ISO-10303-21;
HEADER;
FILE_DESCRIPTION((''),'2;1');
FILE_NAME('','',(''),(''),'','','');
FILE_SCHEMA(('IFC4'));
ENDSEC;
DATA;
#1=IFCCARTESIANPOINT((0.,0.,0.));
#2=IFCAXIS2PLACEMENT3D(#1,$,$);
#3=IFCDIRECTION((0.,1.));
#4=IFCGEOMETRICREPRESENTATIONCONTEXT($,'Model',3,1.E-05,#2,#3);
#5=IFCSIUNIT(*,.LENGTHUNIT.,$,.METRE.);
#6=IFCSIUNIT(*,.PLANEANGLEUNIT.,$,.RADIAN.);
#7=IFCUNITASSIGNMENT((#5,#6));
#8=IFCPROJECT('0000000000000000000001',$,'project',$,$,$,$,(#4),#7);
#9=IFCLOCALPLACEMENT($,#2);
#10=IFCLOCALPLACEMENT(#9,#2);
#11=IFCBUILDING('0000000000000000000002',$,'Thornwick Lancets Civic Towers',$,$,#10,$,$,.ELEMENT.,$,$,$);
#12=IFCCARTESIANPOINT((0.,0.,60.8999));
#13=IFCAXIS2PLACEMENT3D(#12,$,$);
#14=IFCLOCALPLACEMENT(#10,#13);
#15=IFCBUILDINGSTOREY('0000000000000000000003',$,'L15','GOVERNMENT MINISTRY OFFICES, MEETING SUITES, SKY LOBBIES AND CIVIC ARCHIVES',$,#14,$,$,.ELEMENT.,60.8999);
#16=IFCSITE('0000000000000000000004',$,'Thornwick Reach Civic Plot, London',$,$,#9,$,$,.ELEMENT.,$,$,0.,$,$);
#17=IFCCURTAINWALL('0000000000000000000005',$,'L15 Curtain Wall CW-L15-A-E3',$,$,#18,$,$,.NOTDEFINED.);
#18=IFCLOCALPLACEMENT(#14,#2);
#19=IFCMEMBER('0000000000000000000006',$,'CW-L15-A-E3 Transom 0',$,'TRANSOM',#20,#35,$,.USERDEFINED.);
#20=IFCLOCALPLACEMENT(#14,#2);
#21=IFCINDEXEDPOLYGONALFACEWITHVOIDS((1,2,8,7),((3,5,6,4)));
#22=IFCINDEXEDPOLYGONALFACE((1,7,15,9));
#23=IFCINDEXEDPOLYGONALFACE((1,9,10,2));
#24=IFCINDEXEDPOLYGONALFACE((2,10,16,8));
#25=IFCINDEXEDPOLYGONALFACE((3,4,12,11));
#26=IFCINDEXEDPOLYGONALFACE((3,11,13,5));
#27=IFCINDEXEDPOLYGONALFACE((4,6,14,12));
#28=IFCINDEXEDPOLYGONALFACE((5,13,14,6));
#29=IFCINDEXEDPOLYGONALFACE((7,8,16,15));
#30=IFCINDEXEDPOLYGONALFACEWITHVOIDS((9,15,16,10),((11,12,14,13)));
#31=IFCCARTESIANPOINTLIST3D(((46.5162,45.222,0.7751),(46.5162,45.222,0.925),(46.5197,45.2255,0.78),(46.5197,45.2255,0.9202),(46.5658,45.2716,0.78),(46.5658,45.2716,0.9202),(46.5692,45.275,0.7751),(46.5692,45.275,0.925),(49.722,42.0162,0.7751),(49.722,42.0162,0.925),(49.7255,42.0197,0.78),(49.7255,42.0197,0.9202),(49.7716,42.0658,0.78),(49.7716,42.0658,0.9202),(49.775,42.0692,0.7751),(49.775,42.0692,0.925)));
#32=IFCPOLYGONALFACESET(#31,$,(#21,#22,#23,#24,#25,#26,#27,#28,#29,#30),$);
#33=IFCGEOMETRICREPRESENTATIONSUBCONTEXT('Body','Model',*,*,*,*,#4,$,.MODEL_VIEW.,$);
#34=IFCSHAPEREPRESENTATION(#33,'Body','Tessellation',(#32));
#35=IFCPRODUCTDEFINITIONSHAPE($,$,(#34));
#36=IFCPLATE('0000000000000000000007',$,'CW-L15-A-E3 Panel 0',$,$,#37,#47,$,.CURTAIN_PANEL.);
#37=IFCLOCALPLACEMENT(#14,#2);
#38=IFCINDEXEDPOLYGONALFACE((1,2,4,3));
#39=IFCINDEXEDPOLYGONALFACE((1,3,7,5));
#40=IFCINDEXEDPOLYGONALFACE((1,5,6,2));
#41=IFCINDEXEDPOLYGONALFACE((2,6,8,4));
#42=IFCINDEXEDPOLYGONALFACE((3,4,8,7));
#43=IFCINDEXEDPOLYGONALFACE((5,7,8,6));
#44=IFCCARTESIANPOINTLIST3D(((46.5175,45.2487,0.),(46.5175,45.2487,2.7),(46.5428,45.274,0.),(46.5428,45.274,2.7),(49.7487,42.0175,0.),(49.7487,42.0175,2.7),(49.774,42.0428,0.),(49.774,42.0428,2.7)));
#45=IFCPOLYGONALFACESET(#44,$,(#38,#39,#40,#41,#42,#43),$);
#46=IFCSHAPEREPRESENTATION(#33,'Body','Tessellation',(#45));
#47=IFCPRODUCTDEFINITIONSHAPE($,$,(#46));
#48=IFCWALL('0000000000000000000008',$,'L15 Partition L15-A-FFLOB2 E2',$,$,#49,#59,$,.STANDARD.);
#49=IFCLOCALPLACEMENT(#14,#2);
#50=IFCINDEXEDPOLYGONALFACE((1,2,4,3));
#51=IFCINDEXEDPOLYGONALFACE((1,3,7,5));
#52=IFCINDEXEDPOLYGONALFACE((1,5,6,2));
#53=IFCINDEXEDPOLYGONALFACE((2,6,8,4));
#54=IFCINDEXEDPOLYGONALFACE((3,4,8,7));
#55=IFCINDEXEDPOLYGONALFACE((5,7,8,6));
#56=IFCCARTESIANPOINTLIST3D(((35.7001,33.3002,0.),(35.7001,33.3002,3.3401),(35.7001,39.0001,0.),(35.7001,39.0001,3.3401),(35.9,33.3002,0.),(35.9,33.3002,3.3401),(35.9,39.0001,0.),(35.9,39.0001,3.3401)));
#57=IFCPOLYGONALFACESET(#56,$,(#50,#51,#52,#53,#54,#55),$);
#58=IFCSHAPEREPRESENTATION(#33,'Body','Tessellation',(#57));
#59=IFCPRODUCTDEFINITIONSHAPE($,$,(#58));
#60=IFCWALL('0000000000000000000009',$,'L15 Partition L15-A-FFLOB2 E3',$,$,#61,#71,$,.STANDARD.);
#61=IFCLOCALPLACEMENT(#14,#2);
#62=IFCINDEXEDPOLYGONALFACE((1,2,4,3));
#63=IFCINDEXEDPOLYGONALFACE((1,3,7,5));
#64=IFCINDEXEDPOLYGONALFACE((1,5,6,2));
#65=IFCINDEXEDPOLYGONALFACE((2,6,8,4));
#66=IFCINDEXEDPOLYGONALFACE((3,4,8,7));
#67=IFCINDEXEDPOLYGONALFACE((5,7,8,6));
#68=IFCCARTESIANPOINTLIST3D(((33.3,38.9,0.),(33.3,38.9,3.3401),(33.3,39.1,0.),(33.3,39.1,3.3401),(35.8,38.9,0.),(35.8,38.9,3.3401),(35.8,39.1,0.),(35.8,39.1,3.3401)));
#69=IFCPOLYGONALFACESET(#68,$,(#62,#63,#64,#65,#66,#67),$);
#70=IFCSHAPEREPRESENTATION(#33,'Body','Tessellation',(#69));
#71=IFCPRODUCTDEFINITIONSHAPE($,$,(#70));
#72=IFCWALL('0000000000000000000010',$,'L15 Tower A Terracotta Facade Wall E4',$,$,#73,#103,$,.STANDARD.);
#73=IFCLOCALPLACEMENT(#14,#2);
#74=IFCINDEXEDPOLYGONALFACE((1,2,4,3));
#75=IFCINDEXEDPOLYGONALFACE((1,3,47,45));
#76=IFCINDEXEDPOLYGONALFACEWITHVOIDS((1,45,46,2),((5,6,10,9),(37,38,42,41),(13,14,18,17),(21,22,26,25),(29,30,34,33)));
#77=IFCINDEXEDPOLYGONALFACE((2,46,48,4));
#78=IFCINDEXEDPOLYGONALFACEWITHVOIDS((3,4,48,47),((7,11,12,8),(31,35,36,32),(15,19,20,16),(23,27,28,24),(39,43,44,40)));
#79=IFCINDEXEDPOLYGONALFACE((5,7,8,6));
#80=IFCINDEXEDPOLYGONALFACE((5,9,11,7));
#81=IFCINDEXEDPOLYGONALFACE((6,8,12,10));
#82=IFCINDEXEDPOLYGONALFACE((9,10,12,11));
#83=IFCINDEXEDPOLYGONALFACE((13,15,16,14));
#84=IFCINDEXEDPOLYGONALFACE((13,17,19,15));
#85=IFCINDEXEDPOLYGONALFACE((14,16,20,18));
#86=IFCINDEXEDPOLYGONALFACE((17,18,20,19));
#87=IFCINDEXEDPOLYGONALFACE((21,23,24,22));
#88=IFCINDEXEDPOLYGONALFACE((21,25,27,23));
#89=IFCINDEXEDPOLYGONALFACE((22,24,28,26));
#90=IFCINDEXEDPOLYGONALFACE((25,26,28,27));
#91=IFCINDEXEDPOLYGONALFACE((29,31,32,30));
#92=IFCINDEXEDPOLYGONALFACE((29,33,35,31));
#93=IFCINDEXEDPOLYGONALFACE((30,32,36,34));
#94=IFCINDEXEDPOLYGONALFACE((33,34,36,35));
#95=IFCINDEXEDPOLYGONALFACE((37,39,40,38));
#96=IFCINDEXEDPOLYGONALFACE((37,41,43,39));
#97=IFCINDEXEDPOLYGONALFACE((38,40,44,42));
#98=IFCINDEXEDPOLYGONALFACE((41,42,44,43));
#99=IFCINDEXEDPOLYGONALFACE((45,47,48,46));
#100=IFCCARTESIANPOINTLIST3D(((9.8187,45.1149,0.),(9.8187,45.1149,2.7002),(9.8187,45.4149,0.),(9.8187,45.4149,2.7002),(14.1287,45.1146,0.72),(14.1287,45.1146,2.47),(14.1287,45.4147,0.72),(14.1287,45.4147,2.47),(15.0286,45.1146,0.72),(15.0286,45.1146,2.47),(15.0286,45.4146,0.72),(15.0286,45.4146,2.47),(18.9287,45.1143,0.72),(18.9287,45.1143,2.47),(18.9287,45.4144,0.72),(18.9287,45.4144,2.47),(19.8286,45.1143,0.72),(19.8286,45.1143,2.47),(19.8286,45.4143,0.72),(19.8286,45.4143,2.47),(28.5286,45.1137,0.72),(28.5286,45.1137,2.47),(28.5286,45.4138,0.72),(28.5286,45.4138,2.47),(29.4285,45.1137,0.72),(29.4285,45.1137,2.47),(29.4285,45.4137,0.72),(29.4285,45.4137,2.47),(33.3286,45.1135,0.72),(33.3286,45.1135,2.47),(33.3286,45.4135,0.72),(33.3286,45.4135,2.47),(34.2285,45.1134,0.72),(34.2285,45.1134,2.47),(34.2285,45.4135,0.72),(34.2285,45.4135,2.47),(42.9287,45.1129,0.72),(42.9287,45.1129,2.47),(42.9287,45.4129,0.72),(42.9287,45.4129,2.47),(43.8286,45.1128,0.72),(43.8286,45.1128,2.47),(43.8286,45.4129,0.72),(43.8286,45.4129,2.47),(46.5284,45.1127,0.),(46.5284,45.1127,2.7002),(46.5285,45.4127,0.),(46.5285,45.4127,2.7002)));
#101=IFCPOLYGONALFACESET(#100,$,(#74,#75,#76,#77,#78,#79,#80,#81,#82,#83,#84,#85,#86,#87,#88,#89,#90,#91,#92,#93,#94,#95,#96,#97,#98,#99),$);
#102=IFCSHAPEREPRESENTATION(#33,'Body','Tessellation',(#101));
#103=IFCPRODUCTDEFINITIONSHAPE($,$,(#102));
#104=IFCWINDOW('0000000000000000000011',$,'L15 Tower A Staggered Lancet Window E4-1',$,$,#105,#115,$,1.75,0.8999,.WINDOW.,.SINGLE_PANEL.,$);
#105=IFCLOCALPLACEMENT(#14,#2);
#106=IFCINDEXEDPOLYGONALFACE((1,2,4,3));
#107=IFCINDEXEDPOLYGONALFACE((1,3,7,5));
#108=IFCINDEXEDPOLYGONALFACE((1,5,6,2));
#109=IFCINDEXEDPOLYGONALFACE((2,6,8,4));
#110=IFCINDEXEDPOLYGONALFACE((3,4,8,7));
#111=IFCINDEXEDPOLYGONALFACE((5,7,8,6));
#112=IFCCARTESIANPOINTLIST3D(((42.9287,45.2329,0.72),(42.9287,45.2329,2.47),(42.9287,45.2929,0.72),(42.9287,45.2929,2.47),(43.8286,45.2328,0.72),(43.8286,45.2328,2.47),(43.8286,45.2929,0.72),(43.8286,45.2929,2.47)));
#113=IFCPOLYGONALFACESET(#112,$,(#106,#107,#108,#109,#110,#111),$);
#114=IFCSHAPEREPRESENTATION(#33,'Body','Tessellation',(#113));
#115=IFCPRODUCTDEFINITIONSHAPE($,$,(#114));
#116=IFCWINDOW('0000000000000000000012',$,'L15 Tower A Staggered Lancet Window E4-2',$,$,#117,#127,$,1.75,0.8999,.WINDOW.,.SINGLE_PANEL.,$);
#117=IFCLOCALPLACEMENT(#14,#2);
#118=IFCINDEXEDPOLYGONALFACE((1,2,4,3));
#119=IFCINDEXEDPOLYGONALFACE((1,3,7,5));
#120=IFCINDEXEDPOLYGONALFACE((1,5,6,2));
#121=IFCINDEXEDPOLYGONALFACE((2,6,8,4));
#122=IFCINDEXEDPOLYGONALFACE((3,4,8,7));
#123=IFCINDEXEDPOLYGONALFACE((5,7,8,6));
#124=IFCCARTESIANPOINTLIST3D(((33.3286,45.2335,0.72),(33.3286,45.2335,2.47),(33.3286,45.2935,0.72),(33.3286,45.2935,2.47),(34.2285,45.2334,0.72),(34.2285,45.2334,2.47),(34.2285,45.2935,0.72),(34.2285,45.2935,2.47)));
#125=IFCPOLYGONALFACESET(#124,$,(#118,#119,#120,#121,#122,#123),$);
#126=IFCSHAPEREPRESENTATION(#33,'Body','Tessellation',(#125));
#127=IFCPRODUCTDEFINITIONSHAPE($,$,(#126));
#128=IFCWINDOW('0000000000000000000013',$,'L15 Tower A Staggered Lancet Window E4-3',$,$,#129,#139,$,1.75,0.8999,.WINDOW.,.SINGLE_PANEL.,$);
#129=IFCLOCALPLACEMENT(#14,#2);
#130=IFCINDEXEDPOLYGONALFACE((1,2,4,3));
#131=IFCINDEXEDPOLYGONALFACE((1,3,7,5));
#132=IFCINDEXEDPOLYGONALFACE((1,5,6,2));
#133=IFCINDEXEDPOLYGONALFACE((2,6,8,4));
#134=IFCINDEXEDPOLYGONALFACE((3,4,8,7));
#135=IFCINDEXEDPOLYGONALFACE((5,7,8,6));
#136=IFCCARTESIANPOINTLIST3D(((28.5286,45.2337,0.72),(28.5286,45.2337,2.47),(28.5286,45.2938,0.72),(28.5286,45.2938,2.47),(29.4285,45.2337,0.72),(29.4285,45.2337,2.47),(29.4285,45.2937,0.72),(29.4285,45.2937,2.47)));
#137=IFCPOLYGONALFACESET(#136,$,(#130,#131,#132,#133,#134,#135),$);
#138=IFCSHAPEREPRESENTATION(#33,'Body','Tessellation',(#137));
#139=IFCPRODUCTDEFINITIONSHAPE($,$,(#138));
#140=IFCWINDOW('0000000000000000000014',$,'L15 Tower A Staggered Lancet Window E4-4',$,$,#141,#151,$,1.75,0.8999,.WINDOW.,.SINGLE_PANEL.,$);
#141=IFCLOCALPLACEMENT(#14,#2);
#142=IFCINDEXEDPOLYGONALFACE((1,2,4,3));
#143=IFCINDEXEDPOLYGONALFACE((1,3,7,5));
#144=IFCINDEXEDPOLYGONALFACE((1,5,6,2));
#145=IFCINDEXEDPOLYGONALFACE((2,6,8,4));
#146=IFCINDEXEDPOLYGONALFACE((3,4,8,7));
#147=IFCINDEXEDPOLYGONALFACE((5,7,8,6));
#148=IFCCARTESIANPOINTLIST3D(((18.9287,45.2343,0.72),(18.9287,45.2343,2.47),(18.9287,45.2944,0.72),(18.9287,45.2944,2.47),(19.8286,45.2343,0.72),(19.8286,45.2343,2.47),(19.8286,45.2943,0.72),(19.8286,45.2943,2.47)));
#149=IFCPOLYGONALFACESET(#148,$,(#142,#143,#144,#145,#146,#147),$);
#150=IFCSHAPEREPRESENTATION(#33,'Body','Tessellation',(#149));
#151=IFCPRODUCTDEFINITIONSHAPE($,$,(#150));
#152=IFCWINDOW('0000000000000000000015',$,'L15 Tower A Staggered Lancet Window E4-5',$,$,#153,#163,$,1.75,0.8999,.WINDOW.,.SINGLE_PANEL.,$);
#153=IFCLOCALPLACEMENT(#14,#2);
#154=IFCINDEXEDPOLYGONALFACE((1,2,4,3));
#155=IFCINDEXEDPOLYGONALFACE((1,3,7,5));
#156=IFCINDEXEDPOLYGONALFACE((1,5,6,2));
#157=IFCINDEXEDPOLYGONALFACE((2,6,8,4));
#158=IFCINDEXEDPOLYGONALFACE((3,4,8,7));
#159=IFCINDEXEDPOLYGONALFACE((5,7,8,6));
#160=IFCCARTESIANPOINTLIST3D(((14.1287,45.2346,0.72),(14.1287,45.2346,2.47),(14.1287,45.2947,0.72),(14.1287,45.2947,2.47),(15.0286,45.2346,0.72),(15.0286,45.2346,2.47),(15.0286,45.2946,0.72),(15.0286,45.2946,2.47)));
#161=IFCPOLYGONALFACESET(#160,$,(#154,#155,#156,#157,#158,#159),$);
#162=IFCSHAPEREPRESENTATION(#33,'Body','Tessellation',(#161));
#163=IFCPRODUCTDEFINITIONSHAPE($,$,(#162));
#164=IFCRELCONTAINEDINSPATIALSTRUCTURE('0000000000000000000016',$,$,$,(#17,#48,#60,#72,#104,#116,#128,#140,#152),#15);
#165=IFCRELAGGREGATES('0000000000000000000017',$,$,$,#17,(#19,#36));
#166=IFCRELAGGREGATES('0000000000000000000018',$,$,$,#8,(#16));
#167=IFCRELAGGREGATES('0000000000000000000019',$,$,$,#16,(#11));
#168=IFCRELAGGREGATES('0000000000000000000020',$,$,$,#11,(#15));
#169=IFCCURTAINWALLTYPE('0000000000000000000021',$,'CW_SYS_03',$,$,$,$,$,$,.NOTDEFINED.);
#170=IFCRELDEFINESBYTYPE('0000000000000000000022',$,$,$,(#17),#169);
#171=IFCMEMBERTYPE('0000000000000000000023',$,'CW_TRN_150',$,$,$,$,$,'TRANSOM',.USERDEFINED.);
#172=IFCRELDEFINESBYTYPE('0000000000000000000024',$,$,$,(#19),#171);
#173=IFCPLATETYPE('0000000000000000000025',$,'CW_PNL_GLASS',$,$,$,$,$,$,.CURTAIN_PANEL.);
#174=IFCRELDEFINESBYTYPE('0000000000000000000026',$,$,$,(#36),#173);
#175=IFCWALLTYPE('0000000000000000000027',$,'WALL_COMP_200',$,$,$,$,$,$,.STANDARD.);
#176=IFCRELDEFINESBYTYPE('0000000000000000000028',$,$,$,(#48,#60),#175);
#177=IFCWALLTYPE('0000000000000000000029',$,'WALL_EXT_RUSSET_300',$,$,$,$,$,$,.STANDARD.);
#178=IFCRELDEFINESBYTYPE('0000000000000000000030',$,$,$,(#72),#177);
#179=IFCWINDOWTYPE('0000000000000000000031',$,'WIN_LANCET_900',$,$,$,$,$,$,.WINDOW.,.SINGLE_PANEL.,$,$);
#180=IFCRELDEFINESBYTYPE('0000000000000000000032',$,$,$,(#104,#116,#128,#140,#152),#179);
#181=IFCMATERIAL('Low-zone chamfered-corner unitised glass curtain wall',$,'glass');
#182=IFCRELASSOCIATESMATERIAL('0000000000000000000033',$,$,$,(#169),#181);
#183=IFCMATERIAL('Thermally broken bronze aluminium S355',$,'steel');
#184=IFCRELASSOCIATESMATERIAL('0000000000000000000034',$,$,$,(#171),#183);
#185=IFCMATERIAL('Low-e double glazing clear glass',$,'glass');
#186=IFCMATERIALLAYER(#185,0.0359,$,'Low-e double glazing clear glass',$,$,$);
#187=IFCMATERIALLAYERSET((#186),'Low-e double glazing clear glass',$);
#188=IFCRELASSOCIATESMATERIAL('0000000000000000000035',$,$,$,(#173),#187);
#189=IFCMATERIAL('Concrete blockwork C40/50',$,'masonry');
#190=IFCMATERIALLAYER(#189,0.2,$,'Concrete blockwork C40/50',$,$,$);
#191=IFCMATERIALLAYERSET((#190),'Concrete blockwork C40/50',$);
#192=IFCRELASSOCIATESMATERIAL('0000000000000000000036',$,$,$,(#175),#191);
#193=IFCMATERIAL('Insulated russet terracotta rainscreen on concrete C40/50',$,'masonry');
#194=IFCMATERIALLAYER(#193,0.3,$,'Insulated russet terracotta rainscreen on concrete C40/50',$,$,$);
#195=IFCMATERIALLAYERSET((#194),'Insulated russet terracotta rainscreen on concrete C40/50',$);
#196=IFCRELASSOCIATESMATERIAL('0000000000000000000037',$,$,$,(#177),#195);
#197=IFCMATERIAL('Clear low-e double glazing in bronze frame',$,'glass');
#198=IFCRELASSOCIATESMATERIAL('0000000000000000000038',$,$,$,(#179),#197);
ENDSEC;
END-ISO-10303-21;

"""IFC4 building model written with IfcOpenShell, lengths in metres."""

from ifc_helpers import new_model, si_unit, direction, frame, frame_2d, origin, origin_2d, place, context, subcontext, project, spatial, rectangle, hollow_rectangle, extrude, material, layer, layer_set, material_profile, profile_set, type_object, element, fill, aggregate, save


model = new_model("IFC4")

# Units and contexts
model_context = context("Model", 3, precision=1e-05, world=origin(), true_north=direction((0.0, 1.0)))
body_context = subcontext(model_context, "Body", "Model", "MODEL_VIEW")
ifc_project = project(units=[si_unit("LENGTHUNIT", "METRE"), si_unit("PLANEANGLEUNIT", "RADIAN")], contexts=[model_context])

# Site, building, storey
site_placement = place(None, origin())
site = spatial("IfcSite", under=ifc_project, at=site_placement, Name="Thornwick Reach Civic Plot, London", CompositionType="ELEMENT", RefElevation=0.0)
building_placement = place(site_placement, origin())
building = spatial("IfcBuilding", under=site, at=building_placement, Name="Thornwick Lancets Civic Towers", CompositionType="ELEMENT")
storey_placement = place(building_placement, frame((0.0, 0.0, 60.8999)))
storey = spatial("IfcBuildingStorey", under=building, at=storey_placement, Name="L15", Description="GOVERNMENT MINISTRY OFFICES, MEETING SUITES, SKY LOBBIES AND CIVIC ARCHIVES", CompositionType="ELEMENT", Elevation=60.8999)

# Curtain wall, member, plate
ifc_material_1 = material(Name="Low-zone chamfered-corner unitised glass curtain wall", Category="glass")
curtain_wall_type = type_object("IfcCurtainWallType", Name="CW_SYS_03", PredefinedType="NOTDEFINED", material=ifc_material_1)
curtain_wall_placement = place(storey_placement, origin())
curtain_wall = element("IfcCurtainWall", 1, at=curtain_wall_placement, inside=storey, type_object=curtain_wall_type, Name="L15 Curtain Wall CW-L15-A-E3", PredefinedType="NOTDEFINED")
ifc_material_2 = material(Name="Thermally broken bronze aluminium S355", Category="steel")
ifc_material_profile_1 = material_profile(ifc_material_2, hollow_rectangle(XDim=0.075, YDim=0.1499, WallThickness=0.0049, at=origin_2d()), Name="RHS 150x75x5")
ifc_profile_set_1 = profile_set([ifc_material_profile_1], Name="Thermally broken bronze aluminium S355")
member_type_1 = type_object("IfcMemberType", Name="CW_TRN_150", ElementType="TRANSOM", PredefinedType="USERDEFINED", material=ifc_profile_set_1)
member_1_placement = place(storey_placement, frame((49.7485, 42.0427, 0.8501), z_axis=(-0.707107, 0.707107, 0.0), x_axis=(-0.707107, -0.707107, 0.0)))
member_1 = element("IfcMember", 2, at=member_1_placement, type_object=member_type_1, Name="CW-L15-A-E3 Transom 0", ObjectType="TRANSOM", PredefinedType="USERDEFINED", context=body_context, shape_type="SweptSolid", body=[
    extrude(hollow_rectangle(XDim=0.075, YDim=0.1499, WallThickness=0.0049, at=origin_2d()), origin(), (0.0, 0.0, 1.0), 4.5337),
])
ifc_material_3 = material(Name="Low-e double glazing clear glass", Category="glass")
ifc_layer_1 = layer(ifc_material_3, 0.0359, Name="Low-e double glazing clear glass")
ifc_layer_set_1 = layer_set([ifc_layer_1], Name="Low-e double glazing clear glass")
plate_type = type_object("IfcPlateType", Name="CW_PNL_GLASS", PredefinedType="CURTAIN_PANEL", material=ifc_layer_set_1)
plate_placement = place(storey_placement, frame((48.1458, 43.6458, 0.0), z_axis=(0.0, 0.0, 1.0), x_axis=(-0.707107, 0.707107, 0.0)))
plate = element("IfcPlate", 3, at=plate_placement, type_object=plate_type, Name="CW-L15-A-E3 Panel 0", PredefinedType="CURTAIN_PANEL", context=body_context, shape_type="SweptSolid", body=[
    extrude(rectangle(XDim=4.5696, YDim=0.0359, at=origin_2d()), origin(), (0.0, 0.0, 1.0), 2.7),
])
aggregate(curtain_wall, [member_1, plate])

# Walls
ifc_material_4 = material(Name="Concrete blockwork C40/50", Category="masonry")
ifc_layer_2 = layer(ifc_material_4, 0.2, Name="Concrete blockwork C40/50")
ifc_layer_set_2 = layer_set([ifc_layer_2], Name="Concrete blockwork C40/50")
wall_type_1 = type_object("IfcWallType", Name="WALL_COMP_200", PredefinedType="STANDARD", material=ifc_layer_set_2)
wall_1_placement = place(storey_placement, frame((35.8, 33.3, 0.0), z_axis=(0.0, 0.0, 1.0), x_axis=(0.0, 1.0, 0.0)))
element("IfcWall", 4, at=wall_1_placement, inside=storey, type_object=wall_type_1, Name="L15 Partition L15-A-FFLOB2 E2", PredefinedType="STANDARD", context=body_context, shape_type="SweptSolid", body=[
    extrude(rectangle(XDim=5.7, YDim=0.2, at=frame_2d((2.8501, 0.0))), origin(), (0.0, 0.0, 1.0), 3.3401),
])
wall_2_placement = place(storey_placement, frame((35.8, 39.0, 0.0), z_axis=(0.0, 0.0, 1.0), x_axis=(-1.0, 0.0, 0.0)))
element("IfcWall", 5, at=wall_2_placement, inside=storey, type_object=wall_type_1, Name="L15 Partition L15-A-FFLOB2 E3", PredefinedType="STANDARD", context=body_context, shape_type="SweptSolid", body=[
    extrude(rectangle(XDim=2.5, YDim=0.2, at=frame_2d((1.25, 0.0))), origin(), (0.0, 0.0, 1.0), 3.3401),
])

# Wall, openings, windows
ifc_material_5 = material(Name="Insulated russet terracotta rainscreen on concrete C40/50", Category="masonry")
ifc_layer_3 = layer(ifc_material_5, 0.3, Name="Insulated russet terracotta rainscreen on concrete C40/50")
ifc_layer_set_3 = layer_set([ifc_layer_3], Name="Insulated russet terracotta rainscreen on concrete C40/50")
wall_type_2 = type_object("IfcWallType", Name="WALL_EXT_RUSSET_300", PredefinedType="STANDARD", material=ifc_layer_set_3)
wall_3_placement = place(storey_placement, frame((46.5286, 45.2627, 0.0), z_axis=(0.0, 0.0, 1.0), x_axis=(-1.0, 0.00006, 0.0)))
wall_3 = element("IfcWall", 6, at=wall_3_placement, inside=storey, type_object=wall_type_2, Name="L15 Tower A Terracotta Facade Wall E4", PredefinedType="STANDARD", context=body_context, shape_type="SweptSolid", body=[
    extrude(rectangle(XDim=36.7097, YDim=0.3, at=frame_2d((18.355, 0.0))), origin(), (0.0, 0.0, 1.0), 2.7002),
])
opening_1_placement = place(wall_3_placement, frame((2.7, 0.0, 0.72)))
opening_1 = element("IfcOpeningElement", 7, at=opening_1_placement, cuts=wall_3, PredefinedType="OPENING", context=body_context, shape_type="SweptSolid", body=[
    extrude(rectangle(XDim=0.8999, YDim=1.75, at=frame_2d((0.45, 0.875))), frame((0.0, 0.1602, 0.0), z_axis=(0.0, -1.0, 0.0), x_axis=(1.0, 0.0, 0.0)), (0.0, 0.0, 1.0), 0.3201),
])
opening_2_placement = place(wall_3_placement, frame((12.3, 0.0, 0.72)))
opening_2 = element("IfcOpeningElement", 8, at=opening_2_placement, cuts=wall_3, PredefinedType="OPENING", context=body_context, shape_type="SweptSolid", body=[
    extrude(rectangle(XDim=0.8999, YDim=1.75, at=frame_2d((0.45, 0.875))), frame((0.0, 0.1602, 0.0), z_axis=(0.0, -1.0, 0.0), x_axis=(1.0, 0.0, 0.0)), (0.0, 0.0, 1.0), 0.3201),
])
opening_3_placement = place(wall_3_placement, frame((17.1001, 0.0, 0.72)))
opening_3 = element("IfcOpeningElement", 9, at=opening_3_placement, cuts=wall_3, PredefinedType="OPENING", context=body_context, shape_type="SweptSolid", body=[
    extrude(rectangle(XDim=0.8999, YDim=1.75, at=frame_2d((0.45, 0.875))), frame((0.0, 0.1602, 0.0), z_axis=(0.0, -1.0, 0.0), x_axis=(1.0, 0.0, 0.0)), (0.0, 0.0, 1.0), 0.3201),
])
opening_4_placement = place(wall_3_placement, frame((26.7, 0.0, 0.72)))
opening_4 = element("IfcOpeningElement", 10, at=opening_4_placement, cuts=wall_3, PredefinedType="OPENING", context=body_context, shape_type="SweptSolid", body=[
    extrude(rectangle(XDim=0.8999, YDim=1.75, at=frame_2d((0.45, 0.875))), frame((0.0, 0.1602, 0.0), z_axis=(0.0, -1.0, 0.0), x_axis=(1.0, 0.0, 0.0)), (0.0, 0.0, 1.0), 0.3201),
])
opening_5_placement = place(wall_3_placement, frame((31.5, 0.0, 0.72)))
opening_5 = element("IfcOpeningElement", 11, at=opening_5_placement, cuts=wall_3, PredefinedType="OPENING", context=body_context, shape_type="SweptSolid", body=[
    extrude(rectangle(XDim=0.8999, YDim=1.75, at=frame_2d((0.45, 0.875))), frame((0.0, 0.1602, 0.0), z_axis=(0.0, -1.0, 0.0), x_axis=(1.0, 0.0, 0.0)), (0.0, 0.0, 1.0), 0.3201),
])
ifc_material_6 = material(Name="Clear low-e double glazing in bronze frame", Category="glass")
window_type = type_object("IfcWindowType", Name="WIN_LANCET_900", PartitioningType="SINGLE_PANEL", PredefinedType="WINDOW", material=ifc_material_6)
window_1_placement = place(opening_1_placement, origin())
window_1 = element("IfcWindow", 12, at=window_1_placement, inside=storey, type_object=window_type, Name="L15 Tower A Staggered Lancet Window E4-1", OverallHeight=1.75, OverallWidth=0.8999, PartitioningType="SINGLE_PANEL", PredefinedType="WINDOW", context=body_context, shape_type="SweptSolid", body=[
    extrude(rectangle(XDim=0.8999, YDim=1.75, at=frame_2d((0.45, 0.875))), frame((0.0, 0.03, 0.0), z_axis=(0.0, -1.0, 0.0), x_axis=(1.0, 0.0, 0.0)), (0.0, 0.0, 1.0), 0.0601),
])
fill(opening_1, window_1)
window_2_placement = place(opening_2_placement, origin())
window_2 = element("IfcWindow", 13, at=window_2_placement, inside=storey, type_object=window_type, Name="L15 Tower A Staggered Lancet Window E4-2", OverallHeight=1.75, OverallWidth=0.8999, PartitioningType="SINGLE_PANEL", PredefinedType="WINDOW", context=body_context, shape_type="SweptSolid", body=[
    extrude(rectangle(XDim=0.8999, YDim=1.75, at=frame_2d((0.45, 0.875))), frame((0.0, 0.03, 0.0), z_axis=(0.0, -1.0, 0.0), x_axis=(1.0, 0.0, 0.0)), (0.0, 0.0, 1.0), 0.0601),
])
fill(opening_2, window_2)
window_3_placement = place(opening_3_placement, origin())
window_3 = element("IfcWindow", 14, at=window_3_placement, inside=storey, type_object=window_type, Name="L15 Tower A Staggered Lancet Window E4-3", OverallHeight=1.75, OverallWidth=0.8999, PartitioningType="SINGLE_PANEL", PredefinedType="WINDOW", context=body_context, shape_type="SweptSolid", body=[
    extrude(rectangle(XDim=0.8999, YDim=1.75, at=frame_2d((0.45, 0.875))), frame((0.0, 0.03, 0.0), z_axis=(0.0, -1.0, 0.0), x_axis=(1.0, 0.0, 0.0)), (0.0, 0.0, 1.0), 0.0601),
])
fill(opening_3, window_3)
window_4_placement = place(opening_4_placement, origin())
window_4 = element("IfcWindow", 15, at=window_4_placement, inside=storey, type_object=window_type, Name="L15 Tower A Staggered Lancet Window E4-4", OverallHeight=1.75, OverallWidth=0.8999, PartitioningType="SINGLE_PANEL", PredefinedType="WINDOW", context=body_context, shape_type="SweptSolid", body=[
    extrude(rectangle(XDim=0.8999, YDim=1.75, at=frame_2d((0.45, 0.875))), frame((0.0, 0.03, 0.0), z_axis=(0.0, -1.0, 0.0), x_axis=(1.0, 0.0, 0.0)), (0.0, 0.0, 1.0), 0.0601),
])
fill(opening_4, window_4)
window_5_placement = place(opening_5_placement, origin())
window_5 = element("IfcWindow", 16, at=window_5_placement, inside=storey, type_object=window_type, Name="L15 Tower A Staggered Lancet Window E4-5", OverallHeight=1.75, OverallWidth=0.8999, PartitioningType="SINGLE_PANEL", PredefinedType="WINDOW", context=body_context, shape_type="SweptSolid", body=[
    extrude(rectangle(XDim=0.8999, YDim=1.75, at=frame_2d((0.45, 0.875))), frame((0.0, 0.03, 0.0), z_axis=(0.0, -1.0, 0.0), x_axis=(1.0, 0.0, 0.0)), (0.0, 0.0, 1.0), 0.0601),
])
fill(opening_5, window_5)

save(model, "model.ifc")
